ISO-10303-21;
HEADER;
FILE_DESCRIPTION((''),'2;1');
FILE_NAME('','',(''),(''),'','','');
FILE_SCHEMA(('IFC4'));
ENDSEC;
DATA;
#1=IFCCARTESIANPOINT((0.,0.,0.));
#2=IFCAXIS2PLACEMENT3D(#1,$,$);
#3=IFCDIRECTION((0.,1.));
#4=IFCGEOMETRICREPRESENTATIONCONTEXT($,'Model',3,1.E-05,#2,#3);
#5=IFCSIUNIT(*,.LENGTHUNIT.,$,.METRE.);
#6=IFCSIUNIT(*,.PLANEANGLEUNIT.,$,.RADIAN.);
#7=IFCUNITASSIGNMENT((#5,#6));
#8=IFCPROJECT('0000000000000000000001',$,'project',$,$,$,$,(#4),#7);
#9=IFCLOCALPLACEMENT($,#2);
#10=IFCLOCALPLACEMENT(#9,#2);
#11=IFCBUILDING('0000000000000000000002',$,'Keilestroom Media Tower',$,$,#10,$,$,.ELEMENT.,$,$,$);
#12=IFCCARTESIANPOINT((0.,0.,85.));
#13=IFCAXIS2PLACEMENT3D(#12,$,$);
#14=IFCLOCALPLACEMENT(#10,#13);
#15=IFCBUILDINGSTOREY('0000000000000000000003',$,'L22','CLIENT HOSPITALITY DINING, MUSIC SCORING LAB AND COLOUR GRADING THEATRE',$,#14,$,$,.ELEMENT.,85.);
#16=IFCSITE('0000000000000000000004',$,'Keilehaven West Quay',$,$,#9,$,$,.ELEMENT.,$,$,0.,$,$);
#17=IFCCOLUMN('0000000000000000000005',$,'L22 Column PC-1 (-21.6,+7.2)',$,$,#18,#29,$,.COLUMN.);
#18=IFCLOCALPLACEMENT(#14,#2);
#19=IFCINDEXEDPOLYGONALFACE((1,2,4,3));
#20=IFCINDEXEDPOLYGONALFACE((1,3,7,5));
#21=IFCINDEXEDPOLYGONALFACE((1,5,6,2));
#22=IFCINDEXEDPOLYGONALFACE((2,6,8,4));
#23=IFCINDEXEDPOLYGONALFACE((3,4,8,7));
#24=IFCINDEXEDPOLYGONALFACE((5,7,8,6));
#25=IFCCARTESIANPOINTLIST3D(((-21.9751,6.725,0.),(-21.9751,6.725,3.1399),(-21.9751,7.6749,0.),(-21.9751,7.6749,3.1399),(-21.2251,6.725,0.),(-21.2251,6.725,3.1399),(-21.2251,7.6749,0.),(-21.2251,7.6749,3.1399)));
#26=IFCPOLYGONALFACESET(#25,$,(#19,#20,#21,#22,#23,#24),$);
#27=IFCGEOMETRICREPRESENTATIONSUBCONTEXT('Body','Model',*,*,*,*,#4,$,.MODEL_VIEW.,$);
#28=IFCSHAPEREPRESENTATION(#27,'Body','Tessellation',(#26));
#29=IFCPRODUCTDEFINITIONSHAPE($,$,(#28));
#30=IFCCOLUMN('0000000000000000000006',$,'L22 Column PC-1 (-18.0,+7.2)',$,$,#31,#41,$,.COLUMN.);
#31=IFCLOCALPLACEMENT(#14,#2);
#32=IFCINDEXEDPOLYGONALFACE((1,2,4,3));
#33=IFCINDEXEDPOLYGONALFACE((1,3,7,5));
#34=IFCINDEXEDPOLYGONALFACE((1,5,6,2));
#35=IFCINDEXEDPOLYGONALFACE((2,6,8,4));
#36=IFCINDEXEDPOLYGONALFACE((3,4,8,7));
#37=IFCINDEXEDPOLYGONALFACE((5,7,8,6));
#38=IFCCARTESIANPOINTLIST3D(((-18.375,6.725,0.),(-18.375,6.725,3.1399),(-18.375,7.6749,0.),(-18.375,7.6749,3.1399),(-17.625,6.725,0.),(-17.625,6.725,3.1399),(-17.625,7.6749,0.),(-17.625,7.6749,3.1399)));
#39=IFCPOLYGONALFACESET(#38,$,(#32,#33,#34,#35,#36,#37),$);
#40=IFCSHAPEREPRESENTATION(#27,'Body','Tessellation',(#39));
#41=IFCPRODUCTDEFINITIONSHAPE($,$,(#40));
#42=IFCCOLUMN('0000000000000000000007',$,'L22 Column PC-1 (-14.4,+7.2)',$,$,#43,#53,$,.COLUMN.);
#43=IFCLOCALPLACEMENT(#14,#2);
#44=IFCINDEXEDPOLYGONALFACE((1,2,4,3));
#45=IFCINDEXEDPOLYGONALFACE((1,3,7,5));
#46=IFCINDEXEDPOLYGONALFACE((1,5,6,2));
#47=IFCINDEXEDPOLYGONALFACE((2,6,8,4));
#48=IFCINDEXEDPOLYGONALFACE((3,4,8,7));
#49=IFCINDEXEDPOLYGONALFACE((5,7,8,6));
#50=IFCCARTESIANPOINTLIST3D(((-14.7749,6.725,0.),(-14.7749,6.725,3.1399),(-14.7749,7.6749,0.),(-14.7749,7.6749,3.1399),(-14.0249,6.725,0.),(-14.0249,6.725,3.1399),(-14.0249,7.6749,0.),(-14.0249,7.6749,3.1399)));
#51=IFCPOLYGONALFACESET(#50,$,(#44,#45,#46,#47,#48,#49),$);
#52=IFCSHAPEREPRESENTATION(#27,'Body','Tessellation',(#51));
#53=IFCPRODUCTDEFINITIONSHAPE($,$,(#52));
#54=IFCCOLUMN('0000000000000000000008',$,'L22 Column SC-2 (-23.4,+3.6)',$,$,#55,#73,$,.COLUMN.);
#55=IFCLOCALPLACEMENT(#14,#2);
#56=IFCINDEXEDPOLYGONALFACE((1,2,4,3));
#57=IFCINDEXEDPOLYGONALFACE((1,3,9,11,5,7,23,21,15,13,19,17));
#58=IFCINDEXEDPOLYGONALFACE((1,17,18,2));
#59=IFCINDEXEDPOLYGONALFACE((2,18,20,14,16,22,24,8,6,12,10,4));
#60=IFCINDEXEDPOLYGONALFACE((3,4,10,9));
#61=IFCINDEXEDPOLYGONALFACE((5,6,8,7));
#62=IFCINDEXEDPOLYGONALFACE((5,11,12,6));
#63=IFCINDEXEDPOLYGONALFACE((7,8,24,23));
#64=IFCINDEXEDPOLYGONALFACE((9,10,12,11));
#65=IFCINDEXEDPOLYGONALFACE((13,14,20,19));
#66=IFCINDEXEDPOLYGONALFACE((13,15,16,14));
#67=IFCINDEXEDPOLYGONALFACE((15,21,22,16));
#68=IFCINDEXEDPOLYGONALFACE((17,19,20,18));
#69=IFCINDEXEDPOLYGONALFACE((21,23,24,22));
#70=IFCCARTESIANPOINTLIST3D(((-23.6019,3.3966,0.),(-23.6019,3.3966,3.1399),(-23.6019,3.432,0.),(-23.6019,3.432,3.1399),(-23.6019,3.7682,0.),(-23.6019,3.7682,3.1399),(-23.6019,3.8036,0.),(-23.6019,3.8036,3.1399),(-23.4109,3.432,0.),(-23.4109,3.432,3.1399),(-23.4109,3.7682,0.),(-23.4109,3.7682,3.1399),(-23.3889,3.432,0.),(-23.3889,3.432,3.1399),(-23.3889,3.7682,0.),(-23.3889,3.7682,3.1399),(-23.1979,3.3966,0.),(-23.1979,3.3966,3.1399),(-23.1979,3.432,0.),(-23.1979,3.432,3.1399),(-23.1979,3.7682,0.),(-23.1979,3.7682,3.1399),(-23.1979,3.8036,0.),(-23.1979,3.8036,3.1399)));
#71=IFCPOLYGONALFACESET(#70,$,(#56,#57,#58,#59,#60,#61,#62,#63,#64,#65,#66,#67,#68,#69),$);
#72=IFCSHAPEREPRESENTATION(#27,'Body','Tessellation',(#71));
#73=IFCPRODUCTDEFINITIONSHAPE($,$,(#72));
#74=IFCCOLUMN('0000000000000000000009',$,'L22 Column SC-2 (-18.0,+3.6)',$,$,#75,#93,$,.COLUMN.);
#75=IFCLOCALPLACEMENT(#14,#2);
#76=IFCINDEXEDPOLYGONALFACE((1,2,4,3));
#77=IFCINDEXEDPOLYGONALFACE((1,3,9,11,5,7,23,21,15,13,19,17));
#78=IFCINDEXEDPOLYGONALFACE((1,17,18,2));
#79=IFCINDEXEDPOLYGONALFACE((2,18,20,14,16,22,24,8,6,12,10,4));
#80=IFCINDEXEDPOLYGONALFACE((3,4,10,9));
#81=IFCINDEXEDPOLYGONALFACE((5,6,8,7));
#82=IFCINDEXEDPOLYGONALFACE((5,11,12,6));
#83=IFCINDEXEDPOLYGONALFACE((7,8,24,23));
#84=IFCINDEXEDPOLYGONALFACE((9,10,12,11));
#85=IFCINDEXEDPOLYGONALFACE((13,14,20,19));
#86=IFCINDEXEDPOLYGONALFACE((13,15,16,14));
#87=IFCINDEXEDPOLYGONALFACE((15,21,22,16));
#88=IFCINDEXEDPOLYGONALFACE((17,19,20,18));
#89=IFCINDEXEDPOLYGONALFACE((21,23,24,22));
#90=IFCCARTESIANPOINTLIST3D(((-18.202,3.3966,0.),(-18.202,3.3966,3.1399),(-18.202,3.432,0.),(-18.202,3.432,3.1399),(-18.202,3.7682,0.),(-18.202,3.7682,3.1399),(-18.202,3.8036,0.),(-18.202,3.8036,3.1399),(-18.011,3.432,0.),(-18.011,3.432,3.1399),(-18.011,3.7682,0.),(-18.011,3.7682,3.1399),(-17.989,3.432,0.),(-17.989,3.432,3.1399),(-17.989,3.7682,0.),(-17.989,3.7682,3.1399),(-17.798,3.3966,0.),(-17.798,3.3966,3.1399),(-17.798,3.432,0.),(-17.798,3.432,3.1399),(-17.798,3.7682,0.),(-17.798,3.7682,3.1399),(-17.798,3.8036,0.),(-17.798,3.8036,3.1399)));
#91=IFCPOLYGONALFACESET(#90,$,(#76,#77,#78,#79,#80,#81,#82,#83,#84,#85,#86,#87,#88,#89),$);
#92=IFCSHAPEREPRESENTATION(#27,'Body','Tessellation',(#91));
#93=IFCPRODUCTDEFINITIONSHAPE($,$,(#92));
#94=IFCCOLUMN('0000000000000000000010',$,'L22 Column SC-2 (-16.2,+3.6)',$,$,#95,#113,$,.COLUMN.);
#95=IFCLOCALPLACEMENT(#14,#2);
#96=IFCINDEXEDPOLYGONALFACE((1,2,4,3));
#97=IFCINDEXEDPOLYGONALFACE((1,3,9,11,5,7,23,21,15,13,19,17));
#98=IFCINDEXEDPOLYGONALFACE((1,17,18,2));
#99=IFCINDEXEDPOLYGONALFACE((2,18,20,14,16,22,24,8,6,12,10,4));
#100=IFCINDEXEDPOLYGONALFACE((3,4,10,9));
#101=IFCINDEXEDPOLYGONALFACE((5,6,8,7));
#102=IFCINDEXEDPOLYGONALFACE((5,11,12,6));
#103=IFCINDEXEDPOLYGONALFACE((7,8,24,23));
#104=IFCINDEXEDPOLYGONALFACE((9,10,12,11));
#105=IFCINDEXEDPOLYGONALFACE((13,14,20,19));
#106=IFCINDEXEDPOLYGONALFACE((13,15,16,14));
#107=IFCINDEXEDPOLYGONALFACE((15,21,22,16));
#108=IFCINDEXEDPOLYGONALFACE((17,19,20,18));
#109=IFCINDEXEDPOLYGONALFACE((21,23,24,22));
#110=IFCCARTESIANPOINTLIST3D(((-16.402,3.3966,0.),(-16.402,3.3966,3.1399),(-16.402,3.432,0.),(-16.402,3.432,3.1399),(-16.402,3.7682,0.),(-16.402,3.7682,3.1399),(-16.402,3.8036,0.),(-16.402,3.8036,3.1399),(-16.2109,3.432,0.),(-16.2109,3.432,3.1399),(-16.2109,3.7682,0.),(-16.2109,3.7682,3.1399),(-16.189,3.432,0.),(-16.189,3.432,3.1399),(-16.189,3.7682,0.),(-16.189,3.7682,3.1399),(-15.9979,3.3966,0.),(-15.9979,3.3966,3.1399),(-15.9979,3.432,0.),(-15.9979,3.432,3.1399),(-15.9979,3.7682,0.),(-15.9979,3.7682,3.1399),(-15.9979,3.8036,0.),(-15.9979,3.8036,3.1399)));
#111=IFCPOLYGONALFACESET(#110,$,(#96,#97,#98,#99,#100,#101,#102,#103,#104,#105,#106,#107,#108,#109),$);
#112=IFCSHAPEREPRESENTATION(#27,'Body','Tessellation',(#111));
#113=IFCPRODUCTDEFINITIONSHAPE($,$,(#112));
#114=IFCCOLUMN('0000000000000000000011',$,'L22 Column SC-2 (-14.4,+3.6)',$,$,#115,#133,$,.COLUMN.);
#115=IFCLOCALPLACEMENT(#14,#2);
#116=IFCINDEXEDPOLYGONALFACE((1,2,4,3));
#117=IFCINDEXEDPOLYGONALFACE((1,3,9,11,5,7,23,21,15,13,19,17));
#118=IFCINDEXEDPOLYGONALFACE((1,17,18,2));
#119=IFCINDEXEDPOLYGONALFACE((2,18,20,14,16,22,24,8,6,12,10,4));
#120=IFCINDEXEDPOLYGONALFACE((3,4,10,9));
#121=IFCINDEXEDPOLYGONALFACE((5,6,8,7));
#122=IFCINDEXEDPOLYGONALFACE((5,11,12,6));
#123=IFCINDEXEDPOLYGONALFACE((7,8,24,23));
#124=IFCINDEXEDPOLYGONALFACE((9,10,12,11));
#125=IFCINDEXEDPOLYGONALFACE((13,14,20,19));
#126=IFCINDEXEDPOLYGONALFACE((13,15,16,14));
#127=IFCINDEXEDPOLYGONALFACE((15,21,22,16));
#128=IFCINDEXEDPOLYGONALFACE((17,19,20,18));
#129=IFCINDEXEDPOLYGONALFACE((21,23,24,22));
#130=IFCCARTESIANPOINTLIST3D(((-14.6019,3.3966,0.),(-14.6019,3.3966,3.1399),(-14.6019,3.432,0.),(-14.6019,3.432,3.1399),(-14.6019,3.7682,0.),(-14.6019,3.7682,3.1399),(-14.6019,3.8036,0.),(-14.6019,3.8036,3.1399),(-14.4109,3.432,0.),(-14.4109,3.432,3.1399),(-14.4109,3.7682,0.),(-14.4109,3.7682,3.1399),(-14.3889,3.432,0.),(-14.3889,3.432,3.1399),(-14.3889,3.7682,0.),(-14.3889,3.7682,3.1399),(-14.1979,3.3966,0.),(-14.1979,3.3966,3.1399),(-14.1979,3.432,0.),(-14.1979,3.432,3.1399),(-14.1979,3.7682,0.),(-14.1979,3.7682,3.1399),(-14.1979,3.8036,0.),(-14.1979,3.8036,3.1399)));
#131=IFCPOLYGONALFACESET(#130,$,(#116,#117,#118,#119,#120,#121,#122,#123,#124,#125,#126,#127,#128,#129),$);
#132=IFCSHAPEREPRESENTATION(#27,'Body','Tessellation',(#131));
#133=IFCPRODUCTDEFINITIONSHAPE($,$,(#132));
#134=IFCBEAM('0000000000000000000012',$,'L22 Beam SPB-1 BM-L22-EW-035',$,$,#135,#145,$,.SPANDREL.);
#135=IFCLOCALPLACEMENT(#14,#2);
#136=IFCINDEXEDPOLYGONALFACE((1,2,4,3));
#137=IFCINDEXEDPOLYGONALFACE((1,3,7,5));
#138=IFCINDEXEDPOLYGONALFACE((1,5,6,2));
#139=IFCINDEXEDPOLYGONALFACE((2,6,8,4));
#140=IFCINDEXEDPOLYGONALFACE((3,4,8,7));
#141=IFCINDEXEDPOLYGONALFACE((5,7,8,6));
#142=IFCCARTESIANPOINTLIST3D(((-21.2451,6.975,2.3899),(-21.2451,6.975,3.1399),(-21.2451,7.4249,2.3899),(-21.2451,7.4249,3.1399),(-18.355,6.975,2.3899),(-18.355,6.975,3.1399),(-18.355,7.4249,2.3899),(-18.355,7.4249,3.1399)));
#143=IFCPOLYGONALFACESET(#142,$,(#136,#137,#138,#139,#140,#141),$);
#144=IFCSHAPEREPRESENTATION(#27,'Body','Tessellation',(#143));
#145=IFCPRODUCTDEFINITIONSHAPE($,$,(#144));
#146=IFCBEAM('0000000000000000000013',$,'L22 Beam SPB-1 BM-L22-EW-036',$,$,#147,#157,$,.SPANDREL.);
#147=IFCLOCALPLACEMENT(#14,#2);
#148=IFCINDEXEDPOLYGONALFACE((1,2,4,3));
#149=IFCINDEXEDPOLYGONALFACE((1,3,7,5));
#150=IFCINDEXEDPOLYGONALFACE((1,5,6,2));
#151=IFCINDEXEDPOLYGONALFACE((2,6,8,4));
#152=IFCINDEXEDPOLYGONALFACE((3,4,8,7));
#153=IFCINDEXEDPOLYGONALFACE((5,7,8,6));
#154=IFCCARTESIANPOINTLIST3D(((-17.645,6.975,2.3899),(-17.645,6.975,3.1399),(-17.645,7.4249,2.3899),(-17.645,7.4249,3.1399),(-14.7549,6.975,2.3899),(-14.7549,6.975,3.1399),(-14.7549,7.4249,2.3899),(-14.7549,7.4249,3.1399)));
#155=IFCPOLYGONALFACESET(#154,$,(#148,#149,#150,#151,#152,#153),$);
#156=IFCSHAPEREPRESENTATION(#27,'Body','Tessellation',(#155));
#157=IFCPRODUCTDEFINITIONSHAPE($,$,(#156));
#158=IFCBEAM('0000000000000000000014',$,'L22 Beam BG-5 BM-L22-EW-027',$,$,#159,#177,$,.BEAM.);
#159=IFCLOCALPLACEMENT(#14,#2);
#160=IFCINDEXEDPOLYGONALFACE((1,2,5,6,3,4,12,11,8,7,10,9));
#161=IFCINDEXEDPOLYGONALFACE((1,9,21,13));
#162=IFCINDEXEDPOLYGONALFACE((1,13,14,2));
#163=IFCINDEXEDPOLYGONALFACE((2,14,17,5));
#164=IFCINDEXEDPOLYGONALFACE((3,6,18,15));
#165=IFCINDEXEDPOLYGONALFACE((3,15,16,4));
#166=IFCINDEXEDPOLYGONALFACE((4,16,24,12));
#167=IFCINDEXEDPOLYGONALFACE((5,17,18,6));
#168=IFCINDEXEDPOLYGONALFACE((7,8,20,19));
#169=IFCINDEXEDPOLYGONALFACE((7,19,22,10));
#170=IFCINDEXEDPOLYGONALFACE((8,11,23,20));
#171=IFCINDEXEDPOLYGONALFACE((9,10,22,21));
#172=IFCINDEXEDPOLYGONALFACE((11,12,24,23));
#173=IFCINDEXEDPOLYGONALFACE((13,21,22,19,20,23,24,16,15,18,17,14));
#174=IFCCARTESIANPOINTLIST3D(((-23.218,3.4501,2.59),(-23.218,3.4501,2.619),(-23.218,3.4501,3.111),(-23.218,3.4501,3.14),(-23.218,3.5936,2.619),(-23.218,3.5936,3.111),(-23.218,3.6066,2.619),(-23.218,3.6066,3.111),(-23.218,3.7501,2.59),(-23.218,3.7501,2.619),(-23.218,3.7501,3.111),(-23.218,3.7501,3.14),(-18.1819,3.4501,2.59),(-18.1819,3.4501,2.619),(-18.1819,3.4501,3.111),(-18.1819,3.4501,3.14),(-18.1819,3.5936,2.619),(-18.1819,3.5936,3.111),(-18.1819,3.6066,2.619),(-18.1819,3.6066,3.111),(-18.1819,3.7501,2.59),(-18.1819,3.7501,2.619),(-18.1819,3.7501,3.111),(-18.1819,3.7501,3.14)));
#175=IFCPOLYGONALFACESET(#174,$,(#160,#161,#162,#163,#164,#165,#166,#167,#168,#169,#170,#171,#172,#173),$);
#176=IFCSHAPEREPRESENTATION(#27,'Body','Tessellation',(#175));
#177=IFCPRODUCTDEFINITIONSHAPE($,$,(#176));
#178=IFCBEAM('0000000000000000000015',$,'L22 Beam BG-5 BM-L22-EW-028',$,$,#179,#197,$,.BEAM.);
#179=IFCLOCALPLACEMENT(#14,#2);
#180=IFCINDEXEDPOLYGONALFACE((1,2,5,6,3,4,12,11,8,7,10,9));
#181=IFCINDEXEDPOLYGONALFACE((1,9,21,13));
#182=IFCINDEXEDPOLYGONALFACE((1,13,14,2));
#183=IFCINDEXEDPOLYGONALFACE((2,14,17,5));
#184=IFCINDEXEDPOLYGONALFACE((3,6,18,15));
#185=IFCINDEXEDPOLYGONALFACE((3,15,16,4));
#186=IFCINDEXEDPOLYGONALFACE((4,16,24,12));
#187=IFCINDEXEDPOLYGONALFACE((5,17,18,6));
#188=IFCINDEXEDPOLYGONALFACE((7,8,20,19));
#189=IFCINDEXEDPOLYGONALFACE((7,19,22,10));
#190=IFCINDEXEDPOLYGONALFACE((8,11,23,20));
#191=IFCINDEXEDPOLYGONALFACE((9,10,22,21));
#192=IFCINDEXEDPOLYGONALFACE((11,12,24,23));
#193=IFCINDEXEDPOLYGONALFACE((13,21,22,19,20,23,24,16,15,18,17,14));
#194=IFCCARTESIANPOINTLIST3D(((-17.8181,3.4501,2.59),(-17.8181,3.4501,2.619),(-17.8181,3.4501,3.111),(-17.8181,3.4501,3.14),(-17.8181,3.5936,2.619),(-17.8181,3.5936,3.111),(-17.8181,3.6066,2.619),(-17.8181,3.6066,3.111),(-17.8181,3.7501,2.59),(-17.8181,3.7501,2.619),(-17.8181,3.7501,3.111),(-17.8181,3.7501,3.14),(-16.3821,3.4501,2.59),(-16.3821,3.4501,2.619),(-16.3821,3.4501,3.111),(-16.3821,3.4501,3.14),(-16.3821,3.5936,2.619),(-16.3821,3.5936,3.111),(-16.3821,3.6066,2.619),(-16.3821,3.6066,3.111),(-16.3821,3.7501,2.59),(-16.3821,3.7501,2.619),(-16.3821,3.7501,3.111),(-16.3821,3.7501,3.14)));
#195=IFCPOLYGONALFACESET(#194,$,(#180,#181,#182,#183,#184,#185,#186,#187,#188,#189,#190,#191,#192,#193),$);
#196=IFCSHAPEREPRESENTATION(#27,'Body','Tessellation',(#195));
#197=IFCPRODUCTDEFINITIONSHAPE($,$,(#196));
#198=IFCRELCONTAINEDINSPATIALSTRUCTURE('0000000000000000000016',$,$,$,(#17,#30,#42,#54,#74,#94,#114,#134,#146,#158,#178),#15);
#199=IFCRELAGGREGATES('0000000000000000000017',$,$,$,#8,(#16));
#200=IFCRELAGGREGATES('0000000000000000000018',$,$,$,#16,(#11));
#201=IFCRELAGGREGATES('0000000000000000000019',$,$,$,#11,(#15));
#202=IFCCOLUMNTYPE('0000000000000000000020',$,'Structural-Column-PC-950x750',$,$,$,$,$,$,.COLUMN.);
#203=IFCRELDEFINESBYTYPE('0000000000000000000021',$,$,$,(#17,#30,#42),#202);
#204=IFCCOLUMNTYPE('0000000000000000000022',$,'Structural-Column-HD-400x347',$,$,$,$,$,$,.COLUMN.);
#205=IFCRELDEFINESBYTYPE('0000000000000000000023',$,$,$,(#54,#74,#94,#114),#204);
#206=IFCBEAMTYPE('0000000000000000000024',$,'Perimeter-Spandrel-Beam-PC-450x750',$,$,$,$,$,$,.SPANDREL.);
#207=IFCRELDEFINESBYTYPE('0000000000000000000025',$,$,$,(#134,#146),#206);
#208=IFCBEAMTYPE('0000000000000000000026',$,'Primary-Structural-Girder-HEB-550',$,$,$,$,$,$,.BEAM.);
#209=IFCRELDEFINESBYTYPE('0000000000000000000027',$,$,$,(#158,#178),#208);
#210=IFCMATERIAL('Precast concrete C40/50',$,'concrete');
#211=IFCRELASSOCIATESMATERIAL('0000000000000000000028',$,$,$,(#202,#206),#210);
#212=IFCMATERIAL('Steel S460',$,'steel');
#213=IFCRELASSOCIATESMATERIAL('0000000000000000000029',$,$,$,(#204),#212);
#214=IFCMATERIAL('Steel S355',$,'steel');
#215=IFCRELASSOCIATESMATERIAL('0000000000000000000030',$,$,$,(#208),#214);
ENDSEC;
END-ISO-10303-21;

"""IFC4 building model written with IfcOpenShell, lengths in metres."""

from ifc_helpers import new_model, si_unit, direction, frame, origin, origin_2d, place, context, subcontext, project, spatial, rectangle, i_section, extrude, source, transform, mapped, material, material_profile, profile_set, type_object, element, save


model = new_model("IFC4")

# Units and contexts
model_context = context("Model", 3, precision=1e-05, world=origin(), true_north=direction((0.0, 1.0)))
body_context = subcontext(model_context, "Body", "Model", "MODEL_VIEW")
ifc_project = project(units=[si_unit("LENGTHUNIT", "METRE"), si_unit("PLANEANGLEUNIT", "RADIAN")], contexts=[model_context])

# Site, building, storey
site_placement = place(None, origin())
site = spatial("IfcSite", under=ifc_project, at=site_placement, Name="Keilehaven West Quay", CompositionType="ELEMENT", RefElevation=0.0)
building_placement = place(site_placement, origin())
building = spatial("IfcBuilding", under=site, at=building_placement, Name="Keilestroom Media Tower", CompositionType="ELEMENT")
storey_placement = place(building_placement, frame((0.0, 0.0, 85.0)))
storey = spatial("IfcBuildingStorey", under=building, at=storey_placement, Name="L22", Description="CLIENT HOSPITALITY DINING, MUSIC SCORING LAB AND COLOUR GRADING THEATRE", CompositionType="ELEMENT", Elevation=85.0)

# Columns
ifc_material_1 = material(Name="Precast concrete C40/50", Category="concrete")
ifc_material_profile_1 = material_profile(ifc_material_1, rectangle(XDim=0.75, YDim=0.95, at=origin_2d()), Name="PC 950x750")
ifc_profile_set_1 = profile_set([ifc_material_profile_1], Name="Precast concrete C40/50")
column_type_1 = type_object("IfcColumnType", Name="Structural-Column-PC-950x750", PredefinedType="COLUMN", material=ifc_profile_set_1)
shared_shape_1 = source(origin(), body_context, "Body", "SweptSolid", [
    extrude(rectangle(XDim=0.75, YDim=0.95, at=origin_2d()), origin(), (0.0, 0.0, 1.0), 3.1399),
])
for number, where, z_axis, x_axis, name in (
    (1, (-21.6001, 7.2, 0.0), (0.0, 0.0, 1.0), (1.0, 0.0, 0.0), "L22 Column PC-1 (-21.6,+7.2)"),
    (2, (-18.0, 7.2, 0.0), (0.0, 0.0, 1.0), (1.0, 0.0, 0.0), "L22 Column PC-1 (-18.0,+7.2)"),
    (3, (-14.3999, 7.2, 0.0), (0.0, 0.0, 1.0), (1.0, 0.0, 0.0), "L22 Column PC-1 (-14.4,+7.2)"),
):
    element("IfcColumn", number, at=place(storey_placement, frame(where, z_axis=z_axis, x_axis=x_axis)), inside=storey, type_object=column_type_1, Name=name, PredefinedType="COLUMN", context=body_context, shape_type="MappedRepresentation", body=[
        mapped(shared_shape_1, transform((0.0, 0.0, 0.0), x_axis=(1.0, 0.0, 0.0), y_axis=(0.0, 1.0, 0.0), z_axis=(0.0, 0.0, 1.0), scale=1.0)),
    ])
ifc_material_2 = material(Name="Steel S460", Category="steel")
ifc_material_profile_2 = material_profile(ifc_material_2, i_section(OverallWidth=0.4041, OverallDepth=0.407, WebThickness=0.022, FlangeThickness=0.0354, at=origin_2d()), Name="HD 400x347")
ifc_profile_set_2 = profile_set([ifc_material_profile_2], Name="Steel S460")
column_type_2 = type_object("IfcColumnType", Name="Structural-Column-HD-400x347", PredefinedType="COLUMN", material=ifc_profile_set_2)
shared_shape_2 = source(origin(), body_context, "Body", "SweptSolid", [
    extrude(i_section(OverallWidth=0.4041, OverallDepth=0.407, WebThickness=0.022, FlangeThickness=0.0354, at=origin_2d()), origin(), (0.0, 0.0, 1.0), 3.1399),
])
for number, where, z_axis, x_axis, name in (
    (4, (-23.3999, 3.6001, 0.0), (0.0, 0.0, 1.0), (1.0, 0.0, 0.0), "L22 Column SC-2 (-23.4,+3.6)"),
    (5, (-18.0, 3.6001, 0.0), (0.0, 0.0, 1.0), (1.0, 0.0, 0.0), "L22 Column SC-2 (-18.0,+3.6)"),
    (6, (-16.2, 3.6001, 0.0), (0.0, 0.0, 1.0), (1.0, 0.0, 0.0), "L22 Column SC-2 (-16.2,+3.6)"),
    (7, (-14.3999, 3.6001, 0.0), (0.0, 0.0, 1.0), (1.0, 0.0, 0.0), "L22 Column SC-2 (-14.4,+3.6)"),
):
    element("IfcColumn", number, at=place(storey_placement, frame(where, z_axis=z_axis, x_axis=x_axis)), inside=storey, type_object=column_type_2, Name=name, PredefinedType="COLUMN", context=body_context, shape_type="MappedRepresentation", body=[
        mapped(shared_shape_2, transform((0.0, 0.0, 0.0), x_axis=(1.0, 0.0, 0.0), y_axis=(0.0, 1.0, 0.0), z_axis=(0.0, 0.0, 1.0), scale=1.0)),
    ])

# Beams
ifc_material_profile_3 = material_profile(ifc_material_1, rectangle(XDim=0.45, YDim=0.75, at=origin_2d()), Name="PC 450x750")
ifc_profile_set_3 = profile_set([ifc_material_profile_3], Name="Precast concrete C40/50")
beam_type_1 = type_object("IfcBeamType", Name="Perimeter-Spandrel-Beam-PC-450x750", PredefinedType="SPANDREL", material=ifc_profile_set_3)
shared_shape_3 = source(origin(), body_context, "Body", "SweptSolid", [
    extrude(rectangle(XDim=0.45, YDim=0.75, at=origin_2d()), origin(), (0.0, 0.0, 1.0), 2.8901),
])
for number, where, z_axis, x_axis, name in (
    (8, (-21.2451, 7.2, 2.7649), (1.0, 0.0, 0.0), (0.0, 1.0, 0.0), "L22 Beam SPB-1 BM-L22-EW-035"),
    (9, (-17.645, 7.2, 2.7649), (1.0, 0.0, 0.0), (0.0, 1.0, 0.0), "L22 Beam SPB-1 BM-L22-EW-036"),
):
    element("IfcBeam", number, at=place(storey_placement, frame(where, z_axis=z_axis, x_axis=x_axis)), inside=storey, type_object=beam_type_1, Name=name, PredefinedType="SPANDREL", context=body_context, shape_type="MappedRepresentation", body=[
        mapped(shared_shape_3, transform((0.0, 0.0, 0.0), x_axis=(1.0, 0.0, 0.0), y_axis=(0.0, 1.0, 0.0), z_axis=(0.0, 0.0, 1.0), scale=1.0)),
    ])
ifc_material_3 = material(Name="Steel S355", Category="steel")
ifc_material_profile_4 = material_profile(ifc_material_3, i_section(OverallWidth=0.3, OverallDepth=0.55, WebThickness=0.0129, FlangeThickness=0.0291, at=origin_2d()), Name="HEB 550")
ifc_profile_set_4 = profile_set([ifc_material_profile_4], Name="Steel S355")
beam_type_2 = type_object("IfcBeamType", Name="Primary-Structural-Girder-HEB-550", PredefinedType="BEAM", material=ifc_profile_set_4)
shared_shape_4 = source(origin(), body_context, "Body", "SweptSolid", [
    extrude(i_section(OverallWidth=0.3, OverallDepth=0.55, WebThickness=0.0129, FlangeThickness=0.0291, at=origin_2d()), origin(), (0.0, 0.0, 1.0), 5.0361),
])
beam_placement = place(storey_placement, frame((-23.218, 3.6001, 2.865), z_axis=(1.0, 0.0, 0.0), x_axis=(0.0, 1.0, 0.0)))
element("IfcBeam", 10, at=beam_placement, inside=storey, type_object=beam_type_2, Name="L22 Beam BG-5 BM-L22-EW-027", PredefinedType="BEAM", context=body_context, shape_type="MappedRepresentation", body=[
    mapped(shared_shape_4, transform((0.0, 0.0, 0.0), x_axis=(1.0, 0.0, 0.0), y_axis=(0.0, 1.0, 0.0), z_axis=(0.0, 0.0, 1.0), scale=1.0)),
])
shared_shape_5 = source(origin(), body_context, "Body", "SweptSolid", [
    extrude(i_section(OverallWidth=0.3, OverallDepth=0.55, WebThickness=0.0129, FlangeThickness=0.0291, at=origin_2d()), origin(), (0.0, 0.0, 1.0), 1.436),
])
for number, where, z_axis, x_axis, name in (
    (11, (-17.8181, 3.6001, 2.865), (1.0, 0.0, 0.0), (0.0, 1.0, 0.0), "L22 Beam BG-5 BM-L22-EW-028"),
):
    element("IfcBeam", number, at=place(storey_placement, frame(where, z_axis=z_axis, x_axis=x_axis)), inside=storey, type_object=beam_type_2, Name=name, PredefinedType="BEAM", context=body_context, shape_type="MappedRepresentation", body=[
        mapped(shared_shape_5, transform((0.0, 0.0, 0.0), x_axis=(1.0, 0.0, 0.0), y_axis=(0.0, 1.0, 0.0), z_axis=(0.0, 0.0, 1.0), scale=1.0)),
    ])

save(model, "model.ifc")
